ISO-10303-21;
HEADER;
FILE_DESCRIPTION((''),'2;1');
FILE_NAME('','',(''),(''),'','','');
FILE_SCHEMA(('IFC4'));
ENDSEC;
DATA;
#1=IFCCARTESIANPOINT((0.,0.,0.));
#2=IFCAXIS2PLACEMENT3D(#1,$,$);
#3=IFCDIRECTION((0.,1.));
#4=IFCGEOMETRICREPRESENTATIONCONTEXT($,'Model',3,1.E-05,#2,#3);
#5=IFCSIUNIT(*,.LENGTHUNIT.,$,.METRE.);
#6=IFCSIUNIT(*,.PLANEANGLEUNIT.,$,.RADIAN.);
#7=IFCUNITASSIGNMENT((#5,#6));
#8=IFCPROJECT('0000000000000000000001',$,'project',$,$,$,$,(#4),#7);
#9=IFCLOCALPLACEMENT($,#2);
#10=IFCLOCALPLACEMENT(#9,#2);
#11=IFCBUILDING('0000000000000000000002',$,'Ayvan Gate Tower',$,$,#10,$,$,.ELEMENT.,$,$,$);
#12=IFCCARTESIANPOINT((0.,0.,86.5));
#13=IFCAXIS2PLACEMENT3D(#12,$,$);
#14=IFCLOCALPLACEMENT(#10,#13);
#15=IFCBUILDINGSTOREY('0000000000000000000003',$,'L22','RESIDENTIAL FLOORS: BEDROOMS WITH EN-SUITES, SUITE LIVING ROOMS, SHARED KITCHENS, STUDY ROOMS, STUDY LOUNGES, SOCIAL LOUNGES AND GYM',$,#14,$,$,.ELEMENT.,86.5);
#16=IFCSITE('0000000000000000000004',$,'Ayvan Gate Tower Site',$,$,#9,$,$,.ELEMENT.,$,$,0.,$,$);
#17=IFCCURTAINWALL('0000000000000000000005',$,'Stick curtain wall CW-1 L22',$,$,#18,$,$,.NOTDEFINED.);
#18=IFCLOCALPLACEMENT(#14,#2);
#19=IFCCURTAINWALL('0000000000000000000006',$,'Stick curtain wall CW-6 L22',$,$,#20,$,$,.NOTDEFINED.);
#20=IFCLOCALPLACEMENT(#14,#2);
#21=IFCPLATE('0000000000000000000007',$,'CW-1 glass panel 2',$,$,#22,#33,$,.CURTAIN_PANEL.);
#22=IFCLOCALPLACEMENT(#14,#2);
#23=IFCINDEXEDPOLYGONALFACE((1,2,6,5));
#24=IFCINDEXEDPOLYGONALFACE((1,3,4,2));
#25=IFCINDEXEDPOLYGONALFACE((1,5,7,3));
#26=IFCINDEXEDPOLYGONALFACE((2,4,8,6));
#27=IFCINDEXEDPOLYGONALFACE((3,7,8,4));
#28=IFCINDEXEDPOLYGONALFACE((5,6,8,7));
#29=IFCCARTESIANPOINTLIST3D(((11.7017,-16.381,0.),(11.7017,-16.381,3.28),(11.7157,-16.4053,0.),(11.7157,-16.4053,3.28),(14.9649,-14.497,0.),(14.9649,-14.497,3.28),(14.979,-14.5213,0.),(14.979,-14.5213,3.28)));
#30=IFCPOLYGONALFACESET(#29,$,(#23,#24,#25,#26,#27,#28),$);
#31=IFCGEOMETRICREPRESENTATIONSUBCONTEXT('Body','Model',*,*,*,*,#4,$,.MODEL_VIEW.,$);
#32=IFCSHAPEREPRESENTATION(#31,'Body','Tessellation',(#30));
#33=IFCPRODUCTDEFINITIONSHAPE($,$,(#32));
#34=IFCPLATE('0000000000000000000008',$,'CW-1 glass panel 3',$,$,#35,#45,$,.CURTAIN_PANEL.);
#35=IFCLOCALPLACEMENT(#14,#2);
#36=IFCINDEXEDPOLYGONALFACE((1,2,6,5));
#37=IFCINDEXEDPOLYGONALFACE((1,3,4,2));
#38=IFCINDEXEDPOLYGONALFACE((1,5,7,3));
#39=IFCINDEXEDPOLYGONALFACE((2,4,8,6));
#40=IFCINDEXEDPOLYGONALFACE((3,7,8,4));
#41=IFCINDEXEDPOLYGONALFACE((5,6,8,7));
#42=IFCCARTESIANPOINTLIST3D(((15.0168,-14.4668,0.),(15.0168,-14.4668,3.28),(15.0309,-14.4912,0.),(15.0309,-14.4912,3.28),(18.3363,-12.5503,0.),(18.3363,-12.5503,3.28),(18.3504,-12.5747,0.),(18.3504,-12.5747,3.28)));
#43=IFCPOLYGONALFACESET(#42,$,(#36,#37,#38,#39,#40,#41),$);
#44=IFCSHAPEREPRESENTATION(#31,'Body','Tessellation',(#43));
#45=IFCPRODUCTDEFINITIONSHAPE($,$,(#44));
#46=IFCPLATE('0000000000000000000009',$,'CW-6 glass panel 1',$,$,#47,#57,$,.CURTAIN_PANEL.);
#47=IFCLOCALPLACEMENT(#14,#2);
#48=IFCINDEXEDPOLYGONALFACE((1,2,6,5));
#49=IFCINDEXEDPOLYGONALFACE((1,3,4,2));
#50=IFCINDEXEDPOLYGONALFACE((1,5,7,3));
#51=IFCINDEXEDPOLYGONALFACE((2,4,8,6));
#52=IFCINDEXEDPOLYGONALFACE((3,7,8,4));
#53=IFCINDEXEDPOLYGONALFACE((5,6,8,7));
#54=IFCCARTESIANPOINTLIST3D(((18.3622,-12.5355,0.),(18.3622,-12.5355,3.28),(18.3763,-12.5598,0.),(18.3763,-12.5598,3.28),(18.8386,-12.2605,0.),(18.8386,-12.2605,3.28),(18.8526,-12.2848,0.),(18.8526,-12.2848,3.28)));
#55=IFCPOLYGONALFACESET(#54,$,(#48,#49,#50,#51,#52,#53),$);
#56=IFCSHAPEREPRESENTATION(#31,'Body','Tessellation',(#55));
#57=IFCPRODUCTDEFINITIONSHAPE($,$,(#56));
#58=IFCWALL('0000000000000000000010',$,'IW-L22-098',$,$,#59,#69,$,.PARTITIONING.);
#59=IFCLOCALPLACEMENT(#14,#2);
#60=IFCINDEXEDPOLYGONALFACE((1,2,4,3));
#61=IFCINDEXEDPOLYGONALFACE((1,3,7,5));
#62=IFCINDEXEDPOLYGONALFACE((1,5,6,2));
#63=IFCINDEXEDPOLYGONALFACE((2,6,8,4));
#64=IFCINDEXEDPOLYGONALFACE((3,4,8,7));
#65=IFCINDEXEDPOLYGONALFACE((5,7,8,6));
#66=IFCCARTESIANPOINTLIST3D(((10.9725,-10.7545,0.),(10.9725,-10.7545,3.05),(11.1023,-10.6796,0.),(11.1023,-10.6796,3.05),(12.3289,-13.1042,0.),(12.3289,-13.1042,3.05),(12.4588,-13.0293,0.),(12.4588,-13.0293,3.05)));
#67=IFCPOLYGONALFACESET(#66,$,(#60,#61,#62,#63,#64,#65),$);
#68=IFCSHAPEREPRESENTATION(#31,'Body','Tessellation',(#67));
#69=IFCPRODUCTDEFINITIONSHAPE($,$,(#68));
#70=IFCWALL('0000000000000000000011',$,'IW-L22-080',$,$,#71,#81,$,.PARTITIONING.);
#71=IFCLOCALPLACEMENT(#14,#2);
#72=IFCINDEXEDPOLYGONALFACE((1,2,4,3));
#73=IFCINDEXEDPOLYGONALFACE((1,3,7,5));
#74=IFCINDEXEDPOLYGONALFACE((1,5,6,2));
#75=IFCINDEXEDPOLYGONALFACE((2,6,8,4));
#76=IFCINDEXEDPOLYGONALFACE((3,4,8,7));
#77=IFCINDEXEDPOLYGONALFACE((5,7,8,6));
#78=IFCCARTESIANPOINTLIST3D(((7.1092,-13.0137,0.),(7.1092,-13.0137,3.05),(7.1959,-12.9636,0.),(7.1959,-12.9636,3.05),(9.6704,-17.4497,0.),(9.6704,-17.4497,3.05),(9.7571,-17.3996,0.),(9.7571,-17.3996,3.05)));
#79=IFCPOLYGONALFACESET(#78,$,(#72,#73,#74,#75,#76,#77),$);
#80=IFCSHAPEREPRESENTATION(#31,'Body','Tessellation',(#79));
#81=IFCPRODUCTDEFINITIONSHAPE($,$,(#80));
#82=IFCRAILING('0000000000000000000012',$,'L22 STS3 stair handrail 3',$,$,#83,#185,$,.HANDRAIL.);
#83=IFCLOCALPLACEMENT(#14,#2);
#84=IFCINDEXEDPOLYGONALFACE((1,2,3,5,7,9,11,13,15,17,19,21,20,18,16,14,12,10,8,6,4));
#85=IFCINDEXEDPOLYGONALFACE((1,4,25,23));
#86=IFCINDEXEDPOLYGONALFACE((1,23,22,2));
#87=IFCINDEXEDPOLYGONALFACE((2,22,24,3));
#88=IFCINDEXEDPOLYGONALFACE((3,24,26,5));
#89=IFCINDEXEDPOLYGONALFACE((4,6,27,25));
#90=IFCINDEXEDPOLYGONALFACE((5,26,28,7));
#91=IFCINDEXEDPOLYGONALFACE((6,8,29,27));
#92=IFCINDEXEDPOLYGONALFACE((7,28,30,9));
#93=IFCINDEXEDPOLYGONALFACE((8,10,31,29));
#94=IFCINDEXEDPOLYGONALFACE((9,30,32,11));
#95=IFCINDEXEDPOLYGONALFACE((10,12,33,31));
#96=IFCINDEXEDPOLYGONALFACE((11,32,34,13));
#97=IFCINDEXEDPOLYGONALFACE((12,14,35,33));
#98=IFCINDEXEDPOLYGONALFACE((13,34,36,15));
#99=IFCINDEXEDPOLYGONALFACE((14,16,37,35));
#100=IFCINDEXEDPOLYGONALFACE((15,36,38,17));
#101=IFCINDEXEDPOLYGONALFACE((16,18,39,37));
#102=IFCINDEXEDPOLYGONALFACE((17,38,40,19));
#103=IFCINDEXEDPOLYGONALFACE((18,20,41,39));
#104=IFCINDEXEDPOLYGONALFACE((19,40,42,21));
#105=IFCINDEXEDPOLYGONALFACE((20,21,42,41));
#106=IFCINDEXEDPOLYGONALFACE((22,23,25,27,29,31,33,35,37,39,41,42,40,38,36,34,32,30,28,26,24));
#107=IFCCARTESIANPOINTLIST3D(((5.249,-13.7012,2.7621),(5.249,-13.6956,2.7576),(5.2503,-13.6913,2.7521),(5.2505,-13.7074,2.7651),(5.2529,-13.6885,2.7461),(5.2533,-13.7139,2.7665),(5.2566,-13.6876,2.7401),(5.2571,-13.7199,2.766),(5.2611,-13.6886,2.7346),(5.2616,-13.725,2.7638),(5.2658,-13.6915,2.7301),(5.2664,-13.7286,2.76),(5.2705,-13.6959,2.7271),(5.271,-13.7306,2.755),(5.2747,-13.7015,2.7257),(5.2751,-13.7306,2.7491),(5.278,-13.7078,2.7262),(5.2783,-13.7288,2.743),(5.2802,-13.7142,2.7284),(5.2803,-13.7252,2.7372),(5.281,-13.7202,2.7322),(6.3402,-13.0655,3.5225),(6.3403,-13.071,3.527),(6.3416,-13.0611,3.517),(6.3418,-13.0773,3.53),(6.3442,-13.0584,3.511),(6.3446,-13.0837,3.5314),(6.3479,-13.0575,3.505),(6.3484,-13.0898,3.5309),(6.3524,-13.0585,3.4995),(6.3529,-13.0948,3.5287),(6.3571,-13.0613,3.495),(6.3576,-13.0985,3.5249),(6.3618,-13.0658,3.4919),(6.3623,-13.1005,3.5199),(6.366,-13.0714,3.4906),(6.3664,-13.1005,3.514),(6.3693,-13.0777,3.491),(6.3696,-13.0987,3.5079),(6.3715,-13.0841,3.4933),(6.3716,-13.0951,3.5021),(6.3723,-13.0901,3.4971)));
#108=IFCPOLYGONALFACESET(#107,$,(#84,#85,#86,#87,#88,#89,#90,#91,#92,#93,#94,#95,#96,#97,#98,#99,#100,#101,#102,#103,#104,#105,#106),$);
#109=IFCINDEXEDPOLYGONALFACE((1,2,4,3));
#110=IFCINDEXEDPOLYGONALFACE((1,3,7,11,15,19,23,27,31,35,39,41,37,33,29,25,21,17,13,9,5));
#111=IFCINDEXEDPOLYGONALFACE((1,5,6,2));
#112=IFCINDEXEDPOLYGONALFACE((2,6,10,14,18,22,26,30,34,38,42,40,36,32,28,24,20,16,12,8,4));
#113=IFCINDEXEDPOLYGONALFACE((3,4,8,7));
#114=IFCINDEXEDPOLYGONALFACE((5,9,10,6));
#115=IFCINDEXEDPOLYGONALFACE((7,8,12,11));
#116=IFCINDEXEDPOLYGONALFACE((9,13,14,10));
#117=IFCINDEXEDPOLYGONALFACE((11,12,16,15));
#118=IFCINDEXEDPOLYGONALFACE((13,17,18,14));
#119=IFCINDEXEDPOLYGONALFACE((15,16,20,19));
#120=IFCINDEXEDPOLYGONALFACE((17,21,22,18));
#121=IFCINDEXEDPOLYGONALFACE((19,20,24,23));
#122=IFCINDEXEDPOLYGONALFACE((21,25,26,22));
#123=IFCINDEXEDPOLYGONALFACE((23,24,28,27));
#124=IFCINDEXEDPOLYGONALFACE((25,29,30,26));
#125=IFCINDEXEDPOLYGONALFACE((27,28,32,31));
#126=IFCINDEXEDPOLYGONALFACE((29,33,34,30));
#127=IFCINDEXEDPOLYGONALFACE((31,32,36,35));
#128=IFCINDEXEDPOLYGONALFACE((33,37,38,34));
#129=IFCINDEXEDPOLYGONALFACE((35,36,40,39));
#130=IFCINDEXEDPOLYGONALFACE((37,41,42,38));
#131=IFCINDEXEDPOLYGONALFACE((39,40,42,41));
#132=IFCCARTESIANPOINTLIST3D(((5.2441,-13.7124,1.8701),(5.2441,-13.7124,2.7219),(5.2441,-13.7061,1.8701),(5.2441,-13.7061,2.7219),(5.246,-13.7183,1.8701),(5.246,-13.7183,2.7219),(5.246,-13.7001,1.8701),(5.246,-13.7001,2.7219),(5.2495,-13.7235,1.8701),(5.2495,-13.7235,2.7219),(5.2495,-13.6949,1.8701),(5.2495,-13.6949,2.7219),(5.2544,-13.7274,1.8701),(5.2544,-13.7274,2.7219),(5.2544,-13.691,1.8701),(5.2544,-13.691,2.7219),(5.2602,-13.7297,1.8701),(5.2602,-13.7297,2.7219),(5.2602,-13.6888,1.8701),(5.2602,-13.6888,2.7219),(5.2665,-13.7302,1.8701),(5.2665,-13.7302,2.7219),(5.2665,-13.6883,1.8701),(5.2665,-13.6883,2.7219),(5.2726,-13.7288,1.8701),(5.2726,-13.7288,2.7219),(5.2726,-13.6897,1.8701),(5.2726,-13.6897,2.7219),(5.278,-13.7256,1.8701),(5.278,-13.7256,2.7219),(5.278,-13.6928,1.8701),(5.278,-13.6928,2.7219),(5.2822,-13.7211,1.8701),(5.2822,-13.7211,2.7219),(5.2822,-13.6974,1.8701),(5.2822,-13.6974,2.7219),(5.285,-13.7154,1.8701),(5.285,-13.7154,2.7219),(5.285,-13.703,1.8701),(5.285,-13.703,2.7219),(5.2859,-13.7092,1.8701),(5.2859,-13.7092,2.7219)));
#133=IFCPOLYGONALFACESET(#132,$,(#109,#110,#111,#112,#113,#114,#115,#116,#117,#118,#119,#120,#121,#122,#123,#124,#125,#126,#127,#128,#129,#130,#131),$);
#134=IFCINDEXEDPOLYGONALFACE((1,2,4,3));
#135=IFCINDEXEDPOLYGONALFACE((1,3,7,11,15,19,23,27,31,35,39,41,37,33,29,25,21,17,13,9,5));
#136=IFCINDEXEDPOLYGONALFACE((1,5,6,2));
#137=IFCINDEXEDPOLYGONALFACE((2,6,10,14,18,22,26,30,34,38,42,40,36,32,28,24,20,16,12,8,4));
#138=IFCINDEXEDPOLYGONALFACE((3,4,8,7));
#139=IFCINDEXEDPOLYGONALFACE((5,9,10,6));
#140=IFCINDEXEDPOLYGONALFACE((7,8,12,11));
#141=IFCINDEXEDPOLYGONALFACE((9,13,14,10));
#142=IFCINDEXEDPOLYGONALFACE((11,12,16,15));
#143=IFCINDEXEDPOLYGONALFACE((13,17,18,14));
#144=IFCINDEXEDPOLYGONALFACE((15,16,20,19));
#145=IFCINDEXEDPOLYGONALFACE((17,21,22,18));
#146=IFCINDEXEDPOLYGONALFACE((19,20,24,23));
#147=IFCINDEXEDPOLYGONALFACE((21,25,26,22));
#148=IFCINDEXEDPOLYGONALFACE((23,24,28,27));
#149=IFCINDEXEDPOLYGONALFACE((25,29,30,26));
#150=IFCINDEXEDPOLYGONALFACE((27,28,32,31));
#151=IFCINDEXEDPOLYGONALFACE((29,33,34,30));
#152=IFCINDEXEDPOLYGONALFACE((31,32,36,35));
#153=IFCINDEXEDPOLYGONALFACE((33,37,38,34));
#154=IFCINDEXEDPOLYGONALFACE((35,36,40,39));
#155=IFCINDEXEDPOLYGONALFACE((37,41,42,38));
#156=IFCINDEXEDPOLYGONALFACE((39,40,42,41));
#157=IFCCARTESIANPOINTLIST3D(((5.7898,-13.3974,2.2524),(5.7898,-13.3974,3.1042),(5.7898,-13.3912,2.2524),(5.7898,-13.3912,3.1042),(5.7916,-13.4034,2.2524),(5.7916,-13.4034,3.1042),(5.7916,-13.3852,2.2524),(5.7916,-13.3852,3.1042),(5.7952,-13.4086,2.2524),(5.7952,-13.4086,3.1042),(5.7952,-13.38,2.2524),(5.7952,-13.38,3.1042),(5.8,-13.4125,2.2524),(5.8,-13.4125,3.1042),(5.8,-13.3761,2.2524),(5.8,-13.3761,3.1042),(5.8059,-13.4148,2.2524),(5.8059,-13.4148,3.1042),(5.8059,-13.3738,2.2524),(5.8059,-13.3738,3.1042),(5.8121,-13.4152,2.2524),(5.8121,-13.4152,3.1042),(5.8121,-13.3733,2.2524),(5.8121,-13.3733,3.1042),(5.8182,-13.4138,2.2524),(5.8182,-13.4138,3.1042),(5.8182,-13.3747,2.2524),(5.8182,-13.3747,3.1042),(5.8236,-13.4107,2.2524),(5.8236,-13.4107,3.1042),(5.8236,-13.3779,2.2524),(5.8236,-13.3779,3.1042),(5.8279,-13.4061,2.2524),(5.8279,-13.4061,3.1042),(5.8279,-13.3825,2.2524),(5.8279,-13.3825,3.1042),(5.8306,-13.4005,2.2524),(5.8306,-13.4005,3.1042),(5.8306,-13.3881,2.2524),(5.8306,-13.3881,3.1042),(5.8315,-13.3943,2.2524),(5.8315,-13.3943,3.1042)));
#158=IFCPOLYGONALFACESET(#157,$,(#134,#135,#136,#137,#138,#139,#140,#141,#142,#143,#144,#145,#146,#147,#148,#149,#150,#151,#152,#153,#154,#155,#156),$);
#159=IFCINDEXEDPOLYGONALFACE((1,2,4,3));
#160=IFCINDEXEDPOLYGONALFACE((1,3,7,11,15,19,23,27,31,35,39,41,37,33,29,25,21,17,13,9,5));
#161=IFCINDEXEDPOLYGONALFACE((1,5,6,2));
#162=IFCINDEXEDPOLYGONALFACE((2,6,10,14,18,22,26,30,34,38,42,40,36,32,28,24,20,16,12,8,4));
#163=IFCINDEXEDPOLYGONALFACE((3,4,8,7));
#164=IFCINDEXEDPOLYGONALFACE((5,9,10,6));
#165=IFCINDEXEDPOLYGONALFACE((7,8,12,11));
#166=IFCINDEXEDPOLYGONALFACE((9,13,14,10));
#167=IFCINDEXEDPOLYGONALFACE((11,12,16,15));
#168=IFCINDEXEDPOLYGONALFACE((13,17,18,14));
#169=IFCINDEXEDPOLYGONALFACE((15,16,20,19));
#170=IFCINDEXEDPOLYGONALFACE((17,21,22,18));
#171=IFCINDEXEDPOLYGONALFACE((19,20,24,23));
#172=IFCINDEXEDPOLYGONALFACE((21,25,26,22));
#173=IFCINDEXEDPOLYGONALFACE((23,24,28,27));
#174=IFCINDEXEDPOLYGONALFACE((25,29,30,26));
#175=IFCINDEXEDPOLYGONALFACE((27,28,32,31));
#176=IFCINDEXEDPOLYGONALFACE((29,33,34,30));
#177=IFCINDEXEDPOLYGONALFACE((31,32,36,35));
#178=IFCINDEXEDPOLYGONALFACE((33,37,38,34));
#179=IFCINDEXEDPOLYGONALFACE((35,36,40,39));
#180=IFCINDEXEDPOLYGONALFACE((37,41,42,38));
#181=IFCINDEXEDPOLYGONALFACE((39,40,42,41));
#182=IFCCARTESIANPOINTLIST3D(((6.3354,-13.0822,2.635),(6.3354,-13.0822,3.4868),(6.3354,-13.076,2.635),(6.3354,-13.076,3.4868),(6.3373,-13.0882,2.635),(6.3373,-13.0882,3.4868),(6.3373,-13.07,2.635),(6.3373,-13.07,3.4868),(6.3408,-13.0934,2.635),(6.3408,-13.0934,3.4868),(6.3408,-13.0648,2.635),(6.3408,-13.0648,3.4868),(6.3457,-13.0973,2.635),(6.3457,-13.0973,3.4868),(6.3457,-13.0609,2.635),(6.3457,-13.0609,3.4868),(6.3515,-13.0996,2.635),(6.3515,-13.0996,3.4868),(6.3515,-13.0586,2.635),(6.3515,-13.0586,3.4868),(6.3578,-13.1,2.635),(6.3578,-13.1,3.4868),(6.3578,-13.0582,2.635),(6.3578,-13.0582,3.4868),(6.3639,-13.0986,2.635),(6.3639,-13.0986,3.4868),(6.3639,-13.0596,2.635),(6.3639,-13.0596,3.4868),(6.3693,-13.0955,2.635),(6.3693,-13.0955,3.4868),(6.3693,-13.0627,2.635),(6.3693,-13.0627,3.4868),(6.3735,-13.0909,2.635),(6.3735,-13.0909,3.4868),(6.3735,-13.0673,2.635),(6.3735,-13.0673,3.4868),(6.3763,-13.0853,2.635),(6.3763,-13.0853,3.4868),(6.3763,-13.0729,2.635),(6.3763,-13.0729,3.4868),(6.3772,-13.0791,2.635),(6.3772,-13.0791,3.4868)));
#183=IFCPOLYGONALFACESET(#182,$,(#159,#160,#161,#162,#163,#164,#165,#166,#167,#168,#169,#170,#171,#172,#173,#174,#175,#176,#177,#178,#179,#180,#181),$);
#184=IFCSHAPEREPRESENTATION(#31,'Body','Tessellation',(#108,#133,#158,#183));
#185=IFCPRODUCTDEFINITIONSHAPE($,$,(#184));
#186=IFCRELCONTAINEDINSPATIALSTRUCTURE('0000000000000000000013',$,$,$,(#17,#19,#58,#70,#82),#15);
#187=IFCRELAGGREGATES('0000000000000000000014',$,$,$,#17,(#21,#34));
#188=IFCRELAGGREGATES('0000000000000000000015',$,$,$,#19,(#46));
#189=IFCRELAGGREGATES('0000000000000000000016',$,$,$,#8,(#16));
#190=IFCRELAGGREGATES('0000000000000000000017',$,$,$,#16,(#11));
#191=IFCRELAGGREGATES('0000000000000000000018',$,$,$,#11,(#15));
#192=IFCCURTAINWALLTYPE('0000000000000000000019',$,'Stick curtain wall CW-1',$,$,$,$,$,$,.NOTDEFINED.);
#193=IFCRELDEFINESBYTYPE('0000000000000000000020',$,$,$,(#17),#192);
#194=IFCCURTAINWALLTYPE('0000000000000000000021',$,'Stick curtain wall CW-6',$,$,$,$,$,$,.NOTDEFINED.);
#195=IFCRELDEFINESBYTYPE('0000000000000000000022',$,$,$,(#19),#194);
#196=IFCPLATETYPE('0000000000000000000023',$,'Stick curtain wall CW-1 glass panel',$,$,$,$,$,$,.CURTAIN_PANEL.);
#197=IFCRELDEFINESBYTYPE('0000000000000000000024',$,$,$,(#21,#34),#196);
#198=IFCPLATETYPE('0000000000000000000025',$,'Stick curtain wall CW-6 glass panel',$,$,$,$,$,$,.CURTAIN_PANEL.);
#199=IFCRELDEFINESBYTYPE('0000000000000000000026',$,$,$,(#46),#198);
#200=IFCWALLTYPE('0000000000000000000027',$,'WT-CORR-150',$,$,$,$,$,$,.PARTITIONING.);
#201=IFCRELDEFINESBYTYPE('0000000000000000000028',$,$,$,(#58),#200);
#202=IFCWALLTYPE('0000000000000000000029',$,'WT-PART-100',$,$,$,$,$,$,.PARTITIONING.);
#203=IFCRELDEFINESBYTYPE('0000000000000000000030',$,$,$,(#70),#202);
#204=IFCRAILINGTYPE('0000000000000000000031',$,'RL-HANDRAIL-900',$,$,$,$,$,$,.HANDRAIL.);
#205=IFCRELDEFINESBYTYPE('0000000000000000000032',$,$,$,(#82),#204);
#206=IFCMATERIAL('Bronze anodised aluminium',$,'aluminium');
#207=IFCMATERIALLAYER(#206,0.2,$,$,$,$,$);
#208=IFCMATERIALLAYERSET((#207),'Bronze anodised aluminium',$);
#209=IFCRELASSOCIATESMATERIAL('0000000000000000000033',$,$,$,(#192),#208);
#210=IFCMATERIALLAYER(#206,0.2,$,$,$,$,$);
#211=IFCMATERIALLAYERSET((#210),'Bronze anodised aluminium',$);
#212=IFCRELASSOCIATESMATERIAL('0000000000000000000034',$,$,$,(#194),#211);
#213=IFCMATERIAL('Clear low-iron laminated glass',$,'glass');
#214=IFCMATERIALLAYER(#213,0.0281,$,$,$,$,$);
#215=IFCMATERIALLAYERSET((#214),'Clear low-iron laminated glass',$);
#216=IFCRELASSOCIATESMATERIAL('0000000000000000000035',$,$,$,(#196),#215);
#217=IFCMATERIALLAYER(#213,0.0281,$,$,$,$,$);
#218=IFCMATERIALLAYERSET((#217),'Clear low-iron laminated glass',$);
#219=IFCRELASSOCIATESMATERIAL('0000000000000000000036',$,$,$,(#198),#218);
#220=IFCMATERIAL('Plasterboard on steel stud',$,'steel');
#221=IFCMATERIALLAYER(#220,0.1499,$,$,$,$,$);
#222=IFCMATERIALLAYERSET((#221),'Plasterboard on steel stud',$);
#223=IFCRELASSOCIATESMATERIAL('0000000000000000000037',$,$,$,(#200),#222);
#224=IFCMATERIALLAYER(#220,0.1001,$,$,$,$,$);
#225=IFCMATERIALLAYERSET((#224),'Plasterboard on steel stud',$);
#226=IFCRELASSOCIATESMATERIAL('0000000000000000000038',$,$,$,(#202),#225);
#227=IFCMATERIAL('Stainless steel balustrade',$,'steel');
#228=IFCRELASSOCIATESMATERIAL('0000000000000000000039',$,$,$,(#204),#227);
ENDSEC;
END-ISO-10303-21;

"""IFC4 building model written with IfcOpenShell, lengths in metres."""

from ifc_helpers import new_model, si_unit, direction, frame, frame_2d, origin, origin_2d, place, context, subcontext, project, spatial, rectangle, circle, extrude, material, layer, layer_set, type_object, element, aggregate, save


model = new_model("IFC4")

# Units and contexts
model_context = context("Model", 3, precision=1e-05, world=origin(), true_north=direction((0.0, 1.0)))
body_context = subcontext(model_context, "Body", "Model", "MODEL_VIEW")
ifc_project = project(units=[si_unit("LENGTHUNIT", "METRE"), si_unit("PLANEANGLEUNIT", "RADIAN")], contexts=[model_context])

# Site, building, storey
site_placement = place(None, origin())
site = spatial("IfcSite", under=ifc_project, at=site_placement, Name="Ayvan Gate Tower Site", CompositionType="ELEMENT", RefElevation=0.0)
building_placement = place(site_placement, origin())
building = spatial("IfcBuilding", under=site, at=building_placement, Name="Ayvan Gate Tower", CompositionType="ELEMENT")
storey_placement = place(building_placement, frame((0.0, 0.0, 86.5)))
storey = spatial("IfcBuildingStorey", under=building, at=storey_placement, Name="L22", Description="RESIDENTIAL FLOORS: BEDROOMS WITH EN-SUITES, SUITE LIVING ROOMS, SHARED KITCHENS, STUDY ROOMS, STUDY LOUNGES, SOCIAL LOUNGES AND GYM", CompositionType="ELEMENT", Elevation=86.5)

# Curtain walls
ifc_material_1 = material(Name="Bronze anodised aluminium", Category="aluminium")
ifc_layer_1 = layer(ifc_material_1, 0.2)
ifc_layer_set_1 = layer_set([ifc_layer_1], Name="Bronze anodised aluminium")
curtain_wall_type_1 = type_object("IfcCurtainWallType", Name="Stick curtain wall CW-1", PredefinedType="NOTDEFINED", material=ifc_layer_set_1)
curtain_wall_1_placement = place(storey_placement, origin())
curtain_wall_1 = element("IfcCurtainWall", 1, at=curtain_wall_1_placement, inside=storey, type_object=curtain_wall_type_1, Name="Stick curtain wall CW-1 L22", PredefinedType="NOTDEFINED")
ifc_layer_2 = layer(ifc_material_1, 0.2)
ifc_layer_set_2 = layer_set([ifc_layer_2], Name="Bronze anodised aluminium")
curtain_wall_type_2 = type_object("IfcCurtainWallType", Name="Stick curtain wall CW-6", PredefinedType="NOTDEFINED", material=ifc_layer_set_2)
curtain_wall_2_placement = place(storey_placement, origin())
curtain_wall_2 = element("IfcCurtainWall", 2, at=curtain_wall_2_placement, inside=storey, type_object=curtain_wall_type_2, Name="Stick curtain wall CW-6 L22", PredefinedType="NOTDEFINED")

# Plates
ifc_material_2 = material(Name="Clear low-iron laminated glass", Category="glass")
ifc_layer_3 = layer(ifc_material_2, 0.0281)
ifc_layer_set_3 = layer_set([ifc_layer_3], Name="Clear low-iron laminated glass")
plate_type_1 = type_object("IfcPlateType", Name="Stick curtain wall CW-1 glass panel", PredefinedType="CURTAIN_PANEL", material=ifc_layer_set_3)
plate_1_placement = place(storey_placement, frame((13.3403, -15.4512, 0.0), z_axis=(0.0, 0.0, 1.0), x_axis=(0.866025, 0.5, 0.0)))
plate_1 = element("IfcPlate", 3, at=plate_1_placement, type_object=plate_type_1, Name="CW-1 glass panel 2", PredefinedType="CURTAIN_PANEL", context=body_context, shape_type="SweptSolid", body=[
    extrude(rectangle(XDim=3.7681, YDim=0.0281, at=origin_2d()), origin(), (0.0, 0.0, 1.0), 3.28),
])
plate_2_placement = place(storey_placement, frame((16.6836, -13.5208, 0.0), z_axis=(0.0, 0.0, 1.0), x_axis=(0.866025, 0.5, 0.0)))
plate_2 = element("IfcPlate", 4, at=plate_2_placement, type_object=plate_type_1, Name="CW-1 glass panel 3", PredefinedType="CURTAIN_PANEL", context=body_context, shape_type="SweptSolid", body=[
    extrude(rectangle(XDim=3.833, YDim=0.0281, at=origin_2d()), origin(), (0.0, 0.0, 1.0), 3.28),
])
aggregate(curtain_wall_1, [plate_1, plate_2])
ifc_layer_4 = layer(ifc_material_2, 0.0281)
ifc_layer_set_4 = layer_set([ifc_layer_4], Name="Clear low-iron laminated glass")
plate_type_2 = type_object("IfcPlateType", Name="Stick curtain wall CW-6 glass panel", PredefinedType="CURTAIN_PANEL", material=ifc_layer_set_4)
plate_3_placement = place(storey_placement, frame((18.6074, -12.4102, 0.0), z_axis=(0.0, 0.0, 1.0), x_axis=(0.866025, 0.5, 0.0)))
plate_3 = element("IfcPlate", 5, at=plate_3_placement, type_object=plate_type_2, Name="CW-6 glass panel 1", PredefinedType="CURTAIN_PANEL", context=body_context, shape_type="SweptSolid", body=[
    extrude(rectangle(XDim=0.55, YDim=0.0281, at=origin_2d()), origin(), (0.0, 0.0, 1.0), 3.28),
])
aggregate(curtain_wall_2, [plate_3])

# Walls
ifc_material_3 = material(Name="Plasterboard on steel stud", Category="steel")
ifc_layer_5 = layer(ifc_material_3, 0.1499)
ifc_layer_set_5 = layer_set([ifc_layer_5], Name="Plasterboard on steel stud")
wall_type_1 = type_object("IfcWallType", Name="WT-CORR-150", PredefinedType="PARTITIONING", material=ifc_layer_set_5)
wall_1_placement = place(storey_placement, frame((12.3938, -13.0667, 0.0), z_axis=(0.0, 0.0, 1.0), x_axis=(-0.499972, 0.866042, 0.0)))
element("IfcWall", 6, at=wall_1_placement, inside=storey, type_object=wall_type_1, Name="IW-L22-098", PredefinedType="PARTITIONING", context=body_context, shape_type="SweptSolid", body=[
    extrude(rectangle(XDim=2.7131, YDim=0.1499, at=frame_2d((1.3564, 0.0))), origin(), (0.0, 0.0, 1.0), 3.05),
])
ifc_layer_6 = layer(ifc_material_3, 0.1001)
ifc_layer_set_6 = layer_set([ifc_layer_6], Name="Plasterboard on steel stud")
wall_type_2 = type_object("IfcWallType", Name="WT-PART-100", PredefinedType="PARTITIONING", material=ifc_layer_set_6)
wall_2_placement = place(storey_placement, frame((7.1526, -12.9888, 0.0), z_axis=(0.0, 0.0, 1.0), x_axis=(0.50002, -0.866014, 0.0)))
element("IfcWall", 7, at=wall_2_placement, inside=storey, type_object=wall_type_2, Name="IW-L22-080", PredefinedType="PARTITIONING", context=body_context, shape_type="SweptSolid", body=[
    extrude(rectangle(XDim=5.1223, YDim=0.1001, at=frame_2d((2.561, 0.0))), origin(), (0.0, 0.0, 1.0), 3.05),
])

# Railing
ifc_material_4 = material(Name="Stainless steel balustrade", Category="steel")
railing_type_1 = type_object("IfcRailingType", Name="RL-HANDRAIL-900", PredefinedType="HANDRAIL", material=ifc_material_4)
railing_1_placement = place(storey_placement, frame((5.2649, -13.7092, 1.8701)))
element("IfcRailing", 8, at=railing_1_placement, inside=storey, type_object=railing_type_1, Name="L22 STS3 stair handrail 3", PredefinedType="HANDRAIL", context=body_context, shape_type="SweptSolid", body=[
    extrude(circle(Radius=0.0239, at=origin_2d()), frame((0.0, 0.0, 0.876), z_axis=(0.740304, 0.427455, 0.518875), x_axis=(-0.500035, 0.866005, 0.0)), (0.0, 0.0, 1.0), 1.4741),
    extrude(circle(Radius=0.021, at=origin_2d()), origin(), (0.0, 0.0, 1.0), 0.8518),
    extrude(circle(Radius=0.021, at=origin_2d()), frame((0.5457, 0.3149, 0.3823)), (0.0, 0.0, 1.0), 0.8518),
    extrude(circle(Radius=0.021, at=origin_2d()), frame((1.0913, 0.6301, 0.7649)), (0.0, 0.0, 1.0), 0.8518),
])

save(model, "model.ifc")
